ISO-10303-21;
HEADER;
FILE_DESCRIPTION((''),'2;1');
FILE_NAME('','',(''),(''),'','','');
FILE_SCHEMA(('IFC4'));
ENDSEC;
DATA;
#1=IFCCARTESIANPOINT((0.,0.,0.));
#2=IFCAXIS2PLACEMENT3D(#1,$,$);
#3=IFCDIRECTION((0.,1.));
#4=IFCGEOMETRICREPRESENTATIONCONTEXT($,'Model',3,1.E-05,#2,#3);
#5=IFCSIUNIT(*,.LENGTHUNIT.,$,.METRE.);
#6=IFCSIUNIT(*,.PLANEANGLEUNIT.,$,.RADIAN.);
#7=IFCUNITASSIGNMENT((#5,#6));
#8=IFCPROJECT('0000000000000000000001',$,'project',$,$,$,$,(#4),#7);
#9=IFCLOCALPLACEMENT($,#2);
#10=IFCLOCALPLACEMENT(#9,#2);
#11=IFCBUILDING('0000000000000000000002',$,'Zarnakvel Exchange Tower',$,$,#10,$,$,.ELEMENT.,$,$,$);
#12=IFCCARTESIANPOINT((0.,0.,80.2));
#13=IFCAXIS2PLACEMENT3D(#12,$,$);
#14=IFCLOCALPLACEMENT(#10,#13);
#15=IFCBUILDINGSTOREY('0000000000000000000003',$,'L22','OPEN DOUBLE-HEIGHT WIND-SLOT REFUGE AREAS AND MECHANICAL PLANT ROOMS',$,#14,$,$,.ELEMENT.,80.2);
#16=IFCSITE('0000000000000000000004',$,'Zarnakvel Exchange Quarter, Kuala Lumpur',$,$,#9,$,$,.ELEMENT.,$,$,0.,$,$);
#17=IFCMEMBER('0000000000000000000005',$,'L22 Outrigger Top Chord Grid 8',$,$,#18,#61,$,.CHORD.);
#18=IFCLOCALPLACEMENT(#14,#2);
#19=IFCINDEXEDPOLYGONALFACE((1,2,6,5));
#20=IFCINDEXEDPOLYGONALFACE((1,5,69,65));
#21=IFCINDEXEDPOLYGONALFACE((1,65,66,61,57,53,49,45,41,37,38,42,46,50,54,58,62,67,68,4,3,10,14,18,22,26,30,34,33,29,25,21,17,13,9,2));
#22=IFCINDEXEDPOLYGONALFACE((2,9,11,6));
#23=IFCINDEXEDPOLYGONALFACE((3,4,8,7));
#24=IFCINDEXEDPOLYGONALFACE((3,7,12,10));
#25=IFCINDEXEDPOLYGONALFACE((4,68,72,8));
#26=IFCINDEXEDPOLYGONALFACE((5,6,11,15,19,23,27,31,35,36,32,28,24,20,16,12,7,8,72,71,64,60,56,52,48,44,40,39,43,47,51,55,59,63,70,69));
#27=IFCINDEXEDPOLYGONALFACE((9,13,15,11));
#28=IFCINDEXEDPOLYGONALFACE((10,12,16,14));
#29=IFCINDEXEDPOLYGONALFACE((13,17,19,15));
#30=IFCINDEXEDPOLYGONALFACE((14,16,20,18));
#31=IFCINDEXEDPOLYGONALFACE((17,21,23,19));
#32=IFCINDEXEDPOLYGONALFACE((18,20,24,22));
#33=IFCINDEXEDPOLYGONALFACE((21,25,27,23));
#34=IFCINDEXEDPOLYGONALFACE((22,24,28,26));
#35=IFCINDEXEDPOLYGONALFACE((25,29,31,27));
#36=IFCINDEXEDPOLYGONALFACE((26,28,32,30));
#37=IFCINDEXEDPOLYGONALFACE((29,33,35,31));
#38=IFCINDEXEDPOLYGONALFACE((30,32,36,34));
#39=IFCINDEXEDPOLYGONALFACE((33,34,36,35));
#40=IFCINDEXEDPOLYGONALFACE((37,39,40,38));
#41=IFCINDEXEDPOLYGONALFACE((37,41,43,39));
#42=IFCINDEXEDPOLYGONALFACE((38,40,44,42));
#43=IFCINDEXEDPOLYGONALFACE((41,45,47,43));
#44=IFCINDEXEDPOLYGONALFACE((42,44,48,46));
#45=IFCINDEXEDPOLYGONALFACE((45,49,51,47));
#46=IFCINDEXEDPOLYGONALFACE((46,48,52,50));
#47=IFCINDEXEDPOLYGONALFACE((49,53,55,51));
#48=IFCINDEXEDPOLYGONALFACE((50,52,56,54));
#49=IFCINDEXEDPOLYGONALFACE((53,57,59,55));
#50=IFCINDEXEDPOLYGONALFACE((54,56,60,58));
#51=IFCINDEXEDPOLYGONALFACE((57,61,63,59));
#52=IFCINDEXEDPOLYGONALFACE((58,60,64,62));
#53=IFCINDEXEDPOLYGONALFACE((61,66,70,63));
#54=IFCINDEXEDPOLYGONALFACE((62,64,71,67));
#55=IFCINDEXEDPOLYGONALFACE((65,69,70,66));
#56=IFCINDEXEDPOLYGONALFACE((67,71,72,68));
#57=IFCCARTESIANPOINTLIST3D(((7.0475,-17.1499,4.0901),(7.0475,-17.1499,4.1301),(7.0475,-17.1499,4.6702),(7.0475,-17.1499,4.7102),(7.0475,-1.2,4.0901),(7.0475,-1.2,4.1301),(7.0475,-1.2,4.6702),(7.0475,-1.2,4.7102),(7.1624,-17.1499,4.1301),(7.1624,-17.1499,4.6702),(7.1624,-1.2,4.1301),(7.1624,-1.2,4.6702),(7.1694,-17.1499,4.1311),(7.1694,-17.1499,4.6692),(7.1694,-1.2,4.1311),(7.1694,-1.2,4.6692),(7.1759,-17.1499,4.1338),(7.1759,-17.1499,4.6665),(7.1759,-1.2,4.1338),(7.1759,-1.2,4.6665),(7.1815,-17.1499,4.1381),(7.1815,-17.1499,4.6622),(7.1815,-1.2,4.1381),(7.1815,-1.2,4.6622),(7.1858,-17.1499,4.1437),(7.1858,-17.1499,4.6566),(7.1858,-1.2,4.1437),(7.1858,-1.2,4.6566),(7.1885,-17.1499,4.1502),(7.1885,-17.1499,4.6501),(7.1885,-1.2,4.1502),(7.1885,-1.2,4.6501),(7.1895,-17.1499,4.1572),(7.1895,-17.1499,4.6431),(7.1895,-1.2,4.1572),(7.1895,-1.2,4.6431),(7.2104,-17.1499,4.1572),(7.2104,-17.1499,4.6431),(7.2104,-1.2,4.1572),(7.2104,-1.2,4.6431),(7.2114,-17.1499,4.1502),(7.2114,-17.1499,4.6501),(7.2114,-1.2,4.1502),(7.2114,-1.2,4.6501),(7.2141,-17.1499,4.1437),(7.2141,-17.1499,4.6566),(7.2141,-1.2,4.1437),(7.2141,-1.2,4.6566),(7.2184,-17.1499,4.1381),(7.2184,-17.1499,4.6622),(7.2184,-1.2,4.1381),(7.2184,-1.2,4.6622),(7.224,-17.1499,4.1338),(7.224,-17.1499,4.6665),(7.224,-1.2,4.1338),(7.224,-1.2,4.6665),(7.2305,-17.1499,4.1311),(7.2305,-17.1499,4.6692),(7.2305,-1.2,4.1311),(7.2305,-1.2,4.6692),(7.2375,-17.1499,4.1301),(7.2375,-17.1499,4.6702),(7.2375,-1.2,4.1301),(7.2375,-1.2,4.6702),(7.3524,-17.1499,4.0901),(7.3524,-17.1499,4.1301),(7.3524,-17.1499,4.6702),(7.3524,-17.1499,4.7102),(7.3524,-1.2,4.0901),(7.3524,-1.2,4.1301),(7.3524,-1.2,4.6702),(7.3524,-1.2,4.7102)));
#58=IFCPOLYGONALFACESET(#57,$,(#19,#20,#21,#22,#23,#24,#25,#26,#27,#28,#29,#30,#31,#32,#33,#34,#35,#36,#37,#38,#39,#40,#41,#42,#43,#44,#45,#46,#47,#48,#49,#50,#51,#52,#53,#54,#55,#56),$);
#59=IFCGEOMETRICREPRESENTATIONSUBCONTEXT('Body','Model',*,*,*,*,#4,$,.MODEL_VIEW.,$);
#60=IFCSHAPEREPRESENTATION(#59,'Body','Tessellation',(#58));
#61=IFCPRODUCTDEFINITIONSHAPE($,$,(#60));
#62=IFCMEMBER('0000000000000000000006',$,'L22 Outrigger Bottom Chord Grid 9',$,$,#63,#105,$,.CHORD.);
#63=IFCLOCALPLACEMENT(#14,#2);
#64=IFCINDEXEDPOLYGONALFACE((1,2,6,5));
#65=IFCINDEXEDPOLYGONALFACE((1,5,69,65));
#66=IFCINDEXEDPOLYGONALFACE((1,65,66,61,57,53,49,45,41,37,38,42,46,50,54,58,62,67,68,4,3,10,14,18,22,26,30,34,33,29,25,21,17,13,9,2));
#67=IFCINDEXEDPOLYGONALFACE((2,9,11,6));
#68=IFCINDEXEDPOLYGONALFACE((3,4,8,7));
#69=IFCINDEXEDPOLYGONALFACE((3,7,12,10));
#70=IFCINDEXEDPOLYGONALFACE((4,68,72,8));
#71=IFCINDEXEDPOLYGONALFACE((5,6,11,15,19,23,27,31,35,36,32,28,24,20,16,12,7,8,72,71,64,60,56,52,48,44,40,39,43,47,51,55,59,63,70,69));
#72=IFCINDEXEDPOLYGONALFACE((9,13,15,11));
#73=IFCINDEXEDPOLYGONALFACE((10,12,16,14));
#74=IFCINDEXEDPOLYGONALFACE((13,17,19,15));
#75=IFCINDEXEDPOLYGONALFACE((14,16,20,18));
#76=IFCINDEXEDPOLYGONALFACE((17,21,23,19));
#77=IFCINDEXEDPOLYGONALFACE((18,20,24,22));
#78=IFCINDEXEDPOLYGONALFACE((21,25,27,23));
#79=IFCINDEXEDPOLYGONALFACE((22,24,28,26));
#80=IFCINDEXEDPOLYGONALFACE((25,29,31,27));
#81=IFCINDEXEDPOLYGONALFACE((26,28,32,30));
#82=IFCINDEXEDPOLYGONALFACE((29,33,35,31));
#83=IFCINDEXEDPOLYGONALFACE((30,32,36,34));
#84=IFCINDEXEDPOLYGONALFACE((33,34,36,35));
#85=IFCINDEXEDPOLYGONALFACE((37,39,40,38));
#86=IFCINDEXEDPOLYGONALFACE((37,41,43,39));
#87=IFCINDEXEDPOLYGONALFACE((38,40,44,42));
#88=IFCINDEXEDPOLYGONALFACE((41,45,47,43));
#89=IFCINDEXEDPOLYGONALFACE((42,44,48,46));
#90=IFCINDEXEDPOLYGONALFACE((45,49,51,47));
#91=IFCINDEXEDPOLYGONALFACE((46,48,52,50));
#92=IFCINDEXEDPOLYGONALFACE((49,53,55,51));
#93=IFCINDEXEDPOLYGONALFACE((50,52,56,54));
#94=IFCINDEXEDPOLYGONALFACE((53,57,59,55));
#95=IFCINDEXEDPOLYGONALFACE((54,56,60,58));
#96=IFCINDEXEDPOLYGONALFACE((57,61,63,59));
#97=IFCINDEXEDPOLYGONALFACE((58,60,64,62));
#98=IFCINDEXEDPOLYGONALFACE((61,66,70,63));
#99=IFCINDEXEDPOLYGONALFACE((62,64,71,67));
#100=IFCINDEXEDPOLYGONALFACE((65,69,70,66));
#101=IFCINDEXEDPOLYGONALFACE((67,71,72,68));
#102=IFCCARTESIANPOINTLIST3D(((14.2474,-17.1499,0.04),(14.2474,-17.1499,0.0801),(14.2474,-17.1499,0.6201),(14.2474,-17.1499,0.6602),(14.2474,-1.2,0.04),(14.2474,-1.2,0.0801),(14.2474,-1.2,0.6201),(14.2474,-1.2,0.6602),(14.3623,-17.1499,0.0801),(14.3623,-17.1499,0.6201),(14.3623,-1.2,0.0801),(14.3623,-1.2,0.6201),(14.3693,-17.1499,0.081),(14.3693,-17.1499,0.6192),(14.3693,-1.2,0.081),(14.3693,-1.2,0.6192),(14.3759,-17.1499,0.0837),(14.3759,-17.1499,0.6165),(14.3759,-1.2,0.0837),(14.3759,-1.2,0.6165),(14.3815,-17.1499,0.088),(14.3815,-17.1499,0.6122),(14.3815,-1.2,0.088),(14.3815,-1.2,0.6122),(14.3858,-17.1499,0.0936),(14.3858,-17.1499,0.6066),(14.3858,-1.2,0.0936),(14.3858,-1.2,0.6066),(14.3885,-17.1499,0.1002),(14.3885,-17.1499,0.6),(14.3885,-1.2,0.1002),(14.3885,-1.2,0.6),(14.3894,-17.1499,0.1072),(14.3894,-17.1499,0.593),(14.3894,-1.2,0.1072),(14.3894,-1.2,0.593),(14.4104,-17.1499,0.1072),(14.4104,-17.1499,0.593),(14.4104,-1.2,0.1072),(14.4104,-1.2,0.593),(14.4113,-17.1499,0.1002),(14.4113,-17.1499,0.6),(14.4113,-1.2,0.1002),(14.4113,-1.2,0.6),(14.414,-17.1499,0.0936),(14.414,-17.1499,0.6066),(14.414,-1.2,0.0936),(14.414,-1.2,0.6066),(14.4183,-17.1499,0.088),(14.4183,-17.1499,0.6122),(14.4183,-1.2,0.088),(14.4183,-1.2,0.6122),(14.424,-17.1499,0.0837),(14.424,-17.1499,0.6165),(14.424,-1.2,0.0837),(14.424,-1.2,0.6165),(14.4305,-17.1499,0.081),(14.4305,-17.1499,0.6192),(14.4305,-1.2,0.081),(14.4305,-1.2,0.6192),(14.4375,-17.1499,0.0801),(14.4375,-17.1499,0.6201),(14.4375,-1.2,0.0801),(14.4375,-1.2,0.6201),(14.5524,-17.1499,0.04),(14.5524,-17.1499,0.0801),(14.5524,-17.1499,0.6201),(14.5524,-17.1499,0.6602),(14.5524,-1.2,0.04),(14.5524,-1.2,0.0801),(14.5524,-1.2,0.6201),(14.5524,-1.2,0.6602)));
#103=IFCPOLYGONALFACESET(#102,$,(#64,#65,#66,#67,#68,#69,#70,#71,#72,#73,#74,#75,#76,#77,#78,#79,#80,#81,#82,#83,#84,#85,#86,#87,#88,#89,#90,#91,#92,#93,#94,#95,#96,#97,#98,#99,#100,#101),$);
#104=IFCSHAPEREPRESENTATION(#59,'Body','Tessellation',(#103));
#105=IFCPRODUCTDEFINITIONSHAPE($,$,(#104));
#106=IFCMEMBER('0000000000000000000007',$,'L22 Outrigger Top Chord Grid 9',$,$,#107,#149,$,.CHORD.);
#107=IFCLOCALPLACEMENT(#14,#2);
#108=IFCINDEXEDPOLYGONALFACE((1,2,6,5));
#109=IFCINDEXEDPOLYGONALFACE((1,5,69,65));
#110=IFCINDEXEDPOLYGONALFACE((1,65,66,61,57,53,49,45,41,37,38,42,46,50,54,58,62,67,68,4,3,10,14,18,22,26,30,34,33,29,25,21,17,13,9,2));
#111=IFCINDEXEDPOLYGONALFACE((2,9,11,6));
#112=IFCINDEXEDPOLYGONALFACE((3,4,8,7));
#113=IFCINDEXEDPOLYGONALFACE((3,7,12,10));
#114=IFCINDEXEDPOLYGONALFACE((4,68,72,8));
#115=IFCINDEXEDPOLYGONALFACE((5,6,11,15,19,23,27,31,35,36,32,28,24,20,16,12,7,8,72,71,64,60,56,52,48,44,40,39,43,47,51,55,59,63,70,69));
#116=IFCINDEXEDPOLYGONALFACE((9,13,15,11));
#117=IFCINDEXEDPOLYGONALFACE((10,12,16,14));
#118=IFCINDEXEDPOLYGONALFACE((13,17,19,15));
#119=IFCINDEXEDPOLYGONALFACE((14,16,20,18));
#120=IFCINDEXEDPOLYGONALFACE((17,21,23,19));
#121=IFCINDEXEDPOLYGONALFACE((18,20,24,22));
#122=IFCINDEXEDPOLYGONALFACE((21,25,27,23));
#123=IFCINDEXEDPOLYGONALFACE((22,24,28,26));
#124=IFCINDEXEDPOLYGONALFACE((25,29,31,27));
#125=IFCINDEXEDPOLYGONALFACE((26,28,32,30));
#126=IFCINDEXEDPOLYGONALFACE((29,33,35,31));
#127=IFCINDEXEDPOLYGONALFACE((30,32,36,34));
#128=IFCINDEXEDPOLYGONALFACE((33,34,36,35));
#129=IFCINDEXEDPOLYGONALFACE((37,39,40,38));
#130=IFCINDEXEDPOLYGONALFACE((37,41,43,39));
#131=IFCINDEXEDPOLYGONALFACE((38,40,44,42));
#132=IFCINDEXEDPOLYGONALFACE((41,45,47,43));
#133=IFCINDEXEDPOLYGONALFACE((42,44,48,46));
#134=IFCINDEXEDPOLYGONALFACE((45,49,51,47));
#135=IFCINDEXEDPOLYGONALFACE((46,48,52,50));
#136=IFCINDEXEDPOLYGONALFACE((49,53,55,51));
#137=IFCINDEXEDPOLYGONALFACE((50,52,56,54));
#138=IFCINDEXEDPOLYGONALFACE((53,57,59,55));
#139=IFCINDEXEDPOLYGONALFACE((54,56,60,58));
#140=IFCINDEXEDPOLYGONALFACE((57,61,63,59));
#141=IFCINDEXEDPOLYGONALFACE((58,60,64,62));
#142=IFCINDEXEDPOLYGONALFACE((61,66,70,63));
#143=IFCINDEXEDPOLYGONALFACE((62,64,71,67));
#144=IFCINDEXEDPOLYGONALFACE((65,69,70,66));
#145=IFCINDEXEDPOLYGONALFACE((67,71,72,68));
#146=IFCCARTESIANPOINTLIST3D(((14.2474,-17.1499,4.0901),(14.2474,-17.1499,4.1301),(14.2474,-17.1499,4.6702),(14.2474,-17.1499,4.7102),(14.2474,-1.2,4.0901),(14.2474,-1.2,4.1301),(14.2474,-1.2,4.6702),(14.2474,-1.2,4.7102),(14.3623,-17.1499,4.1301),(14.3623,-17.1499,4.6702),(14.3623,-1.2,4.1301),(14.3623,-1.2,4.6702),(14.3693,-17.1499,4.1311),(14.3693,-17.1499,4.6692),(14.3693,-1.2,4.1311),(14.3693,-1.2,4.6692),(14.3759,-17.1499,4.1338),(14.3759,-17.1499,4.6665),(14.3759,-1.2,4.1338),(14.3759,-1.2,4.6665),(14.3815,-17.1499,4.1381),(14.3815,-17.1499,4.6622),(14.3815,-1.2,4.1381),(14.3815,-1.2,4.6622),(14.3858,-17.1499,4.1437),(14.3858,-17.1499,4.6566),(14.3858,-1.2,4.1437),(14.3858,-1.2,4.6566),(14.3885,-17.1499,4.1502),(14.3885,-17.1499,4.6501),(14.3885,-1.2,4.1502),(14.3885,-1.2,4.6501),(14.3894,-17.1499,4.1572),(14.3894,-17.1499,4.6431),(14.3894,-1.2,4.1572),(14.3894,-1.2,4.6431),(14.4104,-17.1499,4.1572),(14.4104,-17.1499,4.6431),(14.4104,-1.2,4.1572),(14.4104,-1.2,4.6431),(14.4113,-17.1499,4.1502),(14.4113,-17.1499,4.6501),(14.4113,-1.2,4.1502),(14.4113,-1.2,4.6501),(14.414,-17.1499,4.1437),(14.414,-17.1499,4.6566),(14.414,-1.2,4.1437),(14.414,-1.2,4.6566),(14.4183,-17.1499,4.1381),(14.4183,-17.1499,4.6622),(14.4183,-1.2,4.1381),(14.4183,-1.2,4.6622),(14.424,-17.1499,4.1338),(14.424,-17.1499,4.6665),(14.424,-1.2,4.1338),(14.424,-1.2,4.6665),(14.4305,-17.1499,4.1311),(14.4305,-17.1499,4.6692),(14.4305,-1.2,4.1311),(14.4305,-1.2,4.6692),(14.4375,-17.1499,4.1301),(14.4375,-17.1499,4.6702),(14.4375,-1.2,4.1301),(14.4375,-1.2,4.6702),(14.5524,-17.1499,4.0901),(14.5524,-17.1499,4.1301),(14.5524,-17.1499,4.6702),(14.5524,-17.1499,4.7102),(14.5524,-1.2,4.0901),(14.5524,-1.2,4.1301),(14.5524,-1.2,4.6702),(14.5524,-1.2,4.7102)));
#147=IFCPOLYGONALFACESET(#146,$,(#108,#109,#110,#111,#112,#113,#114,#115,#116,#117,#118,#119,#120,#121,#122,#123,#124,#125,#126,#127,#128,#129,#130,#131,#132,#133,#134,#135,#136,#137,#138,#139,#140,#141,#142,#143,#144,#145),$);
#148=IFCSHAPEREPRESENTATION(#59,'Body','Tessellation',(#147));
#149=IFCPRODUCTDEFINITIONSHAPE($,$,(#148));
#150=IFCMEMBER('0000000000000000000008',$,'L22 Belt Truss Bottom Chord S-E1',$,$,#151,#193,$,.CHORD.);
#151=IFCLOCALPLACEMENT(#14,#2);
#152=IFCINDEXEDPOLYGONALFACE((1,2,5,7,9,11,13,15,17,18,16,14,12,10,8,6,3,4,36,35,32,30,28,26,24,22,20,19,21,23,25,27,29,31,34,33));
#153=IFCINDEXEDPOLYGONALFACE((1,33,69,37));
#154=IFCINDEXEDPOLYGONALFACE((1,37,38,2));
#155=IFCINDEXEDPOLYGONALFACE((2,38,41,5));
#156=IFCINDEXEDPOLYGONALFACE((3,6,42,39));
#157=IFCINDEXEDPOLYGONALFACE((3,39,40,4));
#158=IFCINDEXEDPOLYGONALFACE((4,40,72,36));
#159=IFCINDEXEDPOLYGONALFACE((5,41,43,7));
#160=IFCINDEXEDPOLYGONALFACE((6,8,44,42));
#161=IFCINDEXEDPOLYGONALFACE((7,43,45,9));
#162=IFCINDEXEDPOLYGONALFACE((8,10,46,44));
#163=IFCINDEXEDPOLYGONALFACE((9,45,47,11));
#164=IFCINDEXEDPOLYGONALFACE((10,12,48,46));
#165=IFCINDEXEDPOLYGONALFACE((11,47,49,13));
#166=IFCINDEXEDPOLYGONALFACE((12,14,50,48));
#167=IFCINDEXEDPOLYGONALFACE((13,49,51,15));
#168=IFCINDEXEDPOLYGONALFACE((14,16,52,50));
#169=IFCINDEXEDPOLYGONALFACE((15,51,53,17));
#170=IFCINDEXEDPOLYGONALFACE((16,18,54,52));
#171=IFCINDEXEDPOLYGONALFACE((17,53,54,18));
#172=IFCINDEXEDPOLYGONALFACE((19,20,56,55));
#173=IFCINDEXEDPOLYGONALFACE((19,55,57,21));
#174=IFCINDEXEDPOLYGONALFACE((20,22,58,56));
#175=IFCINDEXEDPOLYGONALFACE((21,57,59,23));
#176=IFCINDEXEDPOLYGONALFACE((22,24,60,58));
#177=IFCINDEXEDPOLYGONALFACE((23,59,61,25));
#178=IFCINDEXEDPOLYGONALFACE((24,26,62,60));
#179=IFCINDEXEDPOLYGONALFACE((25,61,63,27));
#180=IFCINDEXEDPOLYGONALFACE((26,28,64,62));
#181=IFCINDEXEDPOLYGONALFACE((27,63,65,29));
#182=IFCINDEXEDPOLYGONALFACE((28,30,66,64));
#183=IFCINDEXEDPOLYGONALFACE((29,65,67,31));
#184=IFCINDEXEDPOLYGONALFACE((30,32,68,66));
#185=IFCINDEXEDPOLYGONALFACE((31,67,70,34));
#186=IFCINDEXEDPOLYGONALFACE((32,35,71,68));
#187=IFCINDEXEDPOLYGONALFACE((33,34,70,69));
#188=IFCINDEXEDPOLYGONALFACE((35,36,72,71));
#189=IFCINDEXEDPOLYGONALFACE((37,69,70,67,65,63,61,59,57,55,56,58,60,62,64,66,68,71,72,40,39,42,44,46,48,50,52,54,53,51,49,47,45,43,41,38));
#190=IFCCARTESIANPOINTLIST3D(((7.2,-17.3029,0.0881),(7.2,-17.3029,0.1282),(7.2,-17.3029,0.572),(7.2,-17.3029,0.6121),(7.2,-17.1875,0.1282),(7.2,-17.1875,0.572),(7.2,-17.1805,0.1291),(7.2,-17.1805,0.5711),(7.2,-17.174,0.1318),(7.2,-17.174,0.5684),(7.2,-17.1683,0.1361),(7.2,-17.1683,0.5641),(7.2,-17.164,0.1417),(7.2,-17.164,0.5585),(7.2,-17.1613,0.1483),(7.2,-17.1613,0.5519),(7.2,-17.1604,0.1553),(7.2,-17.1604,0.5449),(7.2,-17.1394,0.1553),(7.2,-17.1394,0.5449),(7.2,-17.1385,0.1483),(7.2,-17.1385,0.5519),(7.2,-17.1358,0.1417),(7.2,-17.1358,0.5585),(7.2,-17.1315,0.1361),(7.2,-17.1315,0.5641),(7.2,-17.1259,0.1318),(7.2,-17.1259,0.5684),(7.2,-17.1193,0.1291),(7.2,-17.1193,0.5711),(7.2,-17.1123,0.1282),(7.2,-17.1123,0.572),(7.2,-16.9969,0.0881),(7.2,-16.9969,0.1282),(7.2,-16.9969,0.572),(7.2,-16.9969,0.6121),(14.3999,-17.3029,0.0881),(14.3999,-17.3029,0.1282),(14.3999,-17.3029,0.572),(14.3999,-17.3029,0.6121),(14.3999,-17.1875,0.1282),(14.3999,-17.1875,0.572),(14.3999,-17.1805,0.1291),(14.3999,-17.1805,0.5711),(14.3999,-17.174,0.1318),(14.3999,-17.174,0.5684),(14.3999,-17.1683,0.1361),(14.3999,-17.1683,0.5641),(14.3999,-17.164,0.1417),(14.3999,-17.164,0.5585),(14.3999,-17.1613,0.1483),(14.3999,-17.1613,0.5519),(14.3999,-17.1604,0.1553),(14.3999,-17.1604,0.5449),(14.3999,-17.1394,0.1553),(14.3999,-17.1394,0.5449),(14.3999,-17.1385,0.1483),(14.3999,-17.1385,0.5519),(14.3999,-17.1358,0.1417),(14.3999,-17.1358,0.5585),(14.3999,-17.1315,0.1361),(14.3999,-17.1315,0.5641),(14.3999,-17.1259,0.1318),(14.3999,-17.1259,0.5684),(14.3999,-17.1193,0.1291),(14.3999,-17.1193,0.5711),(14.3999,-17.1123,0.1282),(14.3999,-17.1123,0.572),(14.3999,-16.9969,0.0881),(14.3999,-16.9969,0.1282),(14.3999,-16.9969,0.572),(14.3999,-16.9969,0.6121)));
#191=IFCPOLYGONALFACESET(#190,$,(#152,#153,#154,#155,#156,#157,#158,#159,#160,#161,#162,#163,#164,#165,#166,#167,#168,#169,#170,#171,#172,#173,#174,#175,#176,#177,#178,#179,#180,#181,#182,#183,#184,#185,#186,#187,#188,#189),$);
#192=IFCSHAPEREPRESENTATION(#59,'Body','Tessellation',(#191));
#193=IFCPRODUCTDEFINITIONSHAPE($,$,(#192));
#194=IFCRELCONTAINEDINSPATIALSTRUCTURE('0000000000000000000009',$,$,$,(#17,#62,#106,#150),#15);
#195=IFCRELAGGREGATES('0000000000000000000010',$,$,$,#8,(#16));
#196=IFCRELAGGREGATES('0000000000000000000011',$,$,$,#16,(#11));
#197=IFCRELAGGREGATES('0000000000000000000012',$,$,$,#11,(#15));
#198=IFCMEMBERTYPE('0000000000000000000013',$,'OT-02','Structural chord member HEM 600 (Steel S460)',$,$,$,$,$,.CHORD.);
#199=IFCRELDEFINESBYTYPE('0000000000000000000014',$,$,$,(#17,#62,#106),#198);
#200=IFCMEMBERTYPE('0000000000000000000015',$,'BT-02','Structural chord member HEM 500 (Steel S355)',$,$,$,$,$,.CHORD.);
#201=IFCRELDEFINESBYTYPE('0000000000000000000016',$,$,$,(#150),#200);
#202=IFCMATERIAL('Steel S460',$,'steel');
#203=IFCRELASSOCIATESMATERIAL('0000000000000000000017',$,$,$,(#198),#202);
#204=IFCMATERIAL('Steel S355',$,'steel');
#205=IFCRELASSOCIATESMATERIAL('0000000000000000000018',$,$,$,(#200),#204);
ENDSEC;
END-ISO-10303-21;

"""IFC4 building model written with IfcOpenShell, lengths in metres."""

from ifc_helpers import new_model, si_unit, direction, frame, origin, origin_2d, place, context, subcontext, project, spatial, i_section, extrude, source, transform, mapped, material, material_profile, profile_set, type_object, element, save


model = new_model("IFC4")

# Units and contexts
model_context = context("Model", 3, precision=1e-05, world=origin(), true_north=direction((0.0, 1.0)))
body_context = subcontext(model_context, "Body", "Model", "MODEL_VIEW")
ifc_project = project(units=[si_unit("LENGTHUNIT", "METRE"), si_unit("PLANEANGLEUNIT", "RADIAN")], contexts=[model_context])

# Site, building, storey
site_placement = place(None, origin())
site = spatial("IfcSite", under=ifc_project, at=site_placement, Name="Zarnakvel Exchange Quarter, Kuala Lumpur", CompositionType="ELEMENT", RefElevation=0.0)
building_placement = place(site_placement, origin())
building = spatial("IfcBuilding", under=site, at=building_placement, Name="Zarnakvel Exchange Tower", CompositionType="ELEMENT")
storey_placement = place(building_placement, frame((0.0, 0.0, 80.2)))
storey = spatial("IfcBuildingStorey", under=building, at=storey_placement, Name="L22", Description="OPEN DOUBLE-HEIGHT WIND-SLOT REFUGE AREAS AND MECHANICAL PLANT ROOMS", CompositionType="ELEMENT", Elevation=80.2)

# Shared definitions
ifc_material_1 = material(Name="Steel S355", Category="steel")
ifc_material_2 = material(Name="Steel S460", Category="steel")

# Members
ifc_material_profile_1 = material_profile(ifc_material_2, i_section(OverallWidth=0.3049, OverallDepth=0.6201, WebThickness=0.021, FlangeThickness=0.04, FilletRadius=0.0271, at=origin_2d()))
ifc_profile_set_1 = profile_set([ifc_material_profile_1], Name="Steel S460")
member_type_1 = type_object("IfcMemberType", Name="OT-02", Description="Structural chord member HEM 600 (Steel S460)", PredefinedType="CHORD", material=ifc_profile_set_1)
shared_shape_1 = source(origin(), body_context, "Body", "SweptSolid", [
    extrude(i_section(OverallWidth=0.3049, OverallDepth=0.6201, WebThickness=0.021, FlangeThickness=0.04, FilletRadius=0.0271, at=origin_2d()), origin(), (0.0, 0.0, 1.0), 15.95),
])
for number, where, z_axis, x_axis, name in (
    (1, (7.2, -17.1499, 4.4001), (0.0, 1.0, 0.0), (-1.0, 0.0, 0.0), "L22 Outrigger Top Chord Grid 8"),
    (2, (14.3999, -17.1499, 0.3501), (0.0, 1.0, 0.0), (-1.0, 0.0, 0.0), "L22 Outrigger Bottom Chord Grid 9"),
    (3, (14.3999, -17.1499, 4.4001), (0.0, 1.0, 0.0), (-1.0, 0.0, 0.0), "L22 Outrigger Top Chord Grid 9"),
):
    element("IfcMember", number, at=place(storey_placement, frame(where, z_axis=z_axis, x_axis=x_axis)), inside=storey, type_object=member_type_1, Name=name, PredefinedType="CHORD", context=body_context, shape_type="MappedRepresentation", body=[
        mapped(shared_shape_1, transform((0.0, 0.0, 0.0), x_axis=(1.0, 0.0, 0.0), y_axis=(0.0, 1.0, 0.0), z_axis=(0.0, 0.0, 1.0), scale=1.0)),
    ])
ifc_material_profile_2 = material_profile(ifc_material_1, i_section(OverallWidth=0.3059, OverallDepth=0.5239, WebThickness=0.021, FlangeThickness=0.04, FilletRadius=0.0271, at=origin_2d()))
ifc_profile_set_2 = profile_set([ifc_material_profile_2], Name="Steel S355")
member_type_2 = type_object("IfcMemberType", Name="BT-02", Description="Structural chord member HEM 500 (Steel S355)", PredefinedType="CHORD", material=ifc_profile_set_2)
shared_shape_2 = source(origin(), body_context, "Body", "SweptSolid", [
    extrude(i_section(OverallWidth=0.3059, OverallDepth=0.5239, WebThickness=0.021, FlangeThickness=0.04, FilletRadius=0.0271, at=origin_2d()), origin(), (0.0, 0.0, 1.0), 7.2),
])
for number, where, z_axis, x_axis, name in (
    (4, (7.2, -17.1499, 0.3501), (1.0, 0.0, 0.0), (0.0, 1.0, 0.0), "L22 Belt Truss Bottom Chord S-E1"),
):
    element("IfcMember", number, at=place(storey_placement, frame(where, z_axis=z_axis, x_axis=x_axis)), inside=storey, type_object=member_type_2, Name=name, PredefinedType="CHORD", context=body_context, shape_type="MappedRepresentation", body=[
        mapped(shared_shape_2, transform((0.0, 0.0, 0.0), x_axis=(1.0, 0.0, 0.0), y_axis=(0.0, 1.0, 0.0), z_axis=(0.0, 0.0, 1.0), scale=1.0)),
    ])

save(model, "model.ifc")
